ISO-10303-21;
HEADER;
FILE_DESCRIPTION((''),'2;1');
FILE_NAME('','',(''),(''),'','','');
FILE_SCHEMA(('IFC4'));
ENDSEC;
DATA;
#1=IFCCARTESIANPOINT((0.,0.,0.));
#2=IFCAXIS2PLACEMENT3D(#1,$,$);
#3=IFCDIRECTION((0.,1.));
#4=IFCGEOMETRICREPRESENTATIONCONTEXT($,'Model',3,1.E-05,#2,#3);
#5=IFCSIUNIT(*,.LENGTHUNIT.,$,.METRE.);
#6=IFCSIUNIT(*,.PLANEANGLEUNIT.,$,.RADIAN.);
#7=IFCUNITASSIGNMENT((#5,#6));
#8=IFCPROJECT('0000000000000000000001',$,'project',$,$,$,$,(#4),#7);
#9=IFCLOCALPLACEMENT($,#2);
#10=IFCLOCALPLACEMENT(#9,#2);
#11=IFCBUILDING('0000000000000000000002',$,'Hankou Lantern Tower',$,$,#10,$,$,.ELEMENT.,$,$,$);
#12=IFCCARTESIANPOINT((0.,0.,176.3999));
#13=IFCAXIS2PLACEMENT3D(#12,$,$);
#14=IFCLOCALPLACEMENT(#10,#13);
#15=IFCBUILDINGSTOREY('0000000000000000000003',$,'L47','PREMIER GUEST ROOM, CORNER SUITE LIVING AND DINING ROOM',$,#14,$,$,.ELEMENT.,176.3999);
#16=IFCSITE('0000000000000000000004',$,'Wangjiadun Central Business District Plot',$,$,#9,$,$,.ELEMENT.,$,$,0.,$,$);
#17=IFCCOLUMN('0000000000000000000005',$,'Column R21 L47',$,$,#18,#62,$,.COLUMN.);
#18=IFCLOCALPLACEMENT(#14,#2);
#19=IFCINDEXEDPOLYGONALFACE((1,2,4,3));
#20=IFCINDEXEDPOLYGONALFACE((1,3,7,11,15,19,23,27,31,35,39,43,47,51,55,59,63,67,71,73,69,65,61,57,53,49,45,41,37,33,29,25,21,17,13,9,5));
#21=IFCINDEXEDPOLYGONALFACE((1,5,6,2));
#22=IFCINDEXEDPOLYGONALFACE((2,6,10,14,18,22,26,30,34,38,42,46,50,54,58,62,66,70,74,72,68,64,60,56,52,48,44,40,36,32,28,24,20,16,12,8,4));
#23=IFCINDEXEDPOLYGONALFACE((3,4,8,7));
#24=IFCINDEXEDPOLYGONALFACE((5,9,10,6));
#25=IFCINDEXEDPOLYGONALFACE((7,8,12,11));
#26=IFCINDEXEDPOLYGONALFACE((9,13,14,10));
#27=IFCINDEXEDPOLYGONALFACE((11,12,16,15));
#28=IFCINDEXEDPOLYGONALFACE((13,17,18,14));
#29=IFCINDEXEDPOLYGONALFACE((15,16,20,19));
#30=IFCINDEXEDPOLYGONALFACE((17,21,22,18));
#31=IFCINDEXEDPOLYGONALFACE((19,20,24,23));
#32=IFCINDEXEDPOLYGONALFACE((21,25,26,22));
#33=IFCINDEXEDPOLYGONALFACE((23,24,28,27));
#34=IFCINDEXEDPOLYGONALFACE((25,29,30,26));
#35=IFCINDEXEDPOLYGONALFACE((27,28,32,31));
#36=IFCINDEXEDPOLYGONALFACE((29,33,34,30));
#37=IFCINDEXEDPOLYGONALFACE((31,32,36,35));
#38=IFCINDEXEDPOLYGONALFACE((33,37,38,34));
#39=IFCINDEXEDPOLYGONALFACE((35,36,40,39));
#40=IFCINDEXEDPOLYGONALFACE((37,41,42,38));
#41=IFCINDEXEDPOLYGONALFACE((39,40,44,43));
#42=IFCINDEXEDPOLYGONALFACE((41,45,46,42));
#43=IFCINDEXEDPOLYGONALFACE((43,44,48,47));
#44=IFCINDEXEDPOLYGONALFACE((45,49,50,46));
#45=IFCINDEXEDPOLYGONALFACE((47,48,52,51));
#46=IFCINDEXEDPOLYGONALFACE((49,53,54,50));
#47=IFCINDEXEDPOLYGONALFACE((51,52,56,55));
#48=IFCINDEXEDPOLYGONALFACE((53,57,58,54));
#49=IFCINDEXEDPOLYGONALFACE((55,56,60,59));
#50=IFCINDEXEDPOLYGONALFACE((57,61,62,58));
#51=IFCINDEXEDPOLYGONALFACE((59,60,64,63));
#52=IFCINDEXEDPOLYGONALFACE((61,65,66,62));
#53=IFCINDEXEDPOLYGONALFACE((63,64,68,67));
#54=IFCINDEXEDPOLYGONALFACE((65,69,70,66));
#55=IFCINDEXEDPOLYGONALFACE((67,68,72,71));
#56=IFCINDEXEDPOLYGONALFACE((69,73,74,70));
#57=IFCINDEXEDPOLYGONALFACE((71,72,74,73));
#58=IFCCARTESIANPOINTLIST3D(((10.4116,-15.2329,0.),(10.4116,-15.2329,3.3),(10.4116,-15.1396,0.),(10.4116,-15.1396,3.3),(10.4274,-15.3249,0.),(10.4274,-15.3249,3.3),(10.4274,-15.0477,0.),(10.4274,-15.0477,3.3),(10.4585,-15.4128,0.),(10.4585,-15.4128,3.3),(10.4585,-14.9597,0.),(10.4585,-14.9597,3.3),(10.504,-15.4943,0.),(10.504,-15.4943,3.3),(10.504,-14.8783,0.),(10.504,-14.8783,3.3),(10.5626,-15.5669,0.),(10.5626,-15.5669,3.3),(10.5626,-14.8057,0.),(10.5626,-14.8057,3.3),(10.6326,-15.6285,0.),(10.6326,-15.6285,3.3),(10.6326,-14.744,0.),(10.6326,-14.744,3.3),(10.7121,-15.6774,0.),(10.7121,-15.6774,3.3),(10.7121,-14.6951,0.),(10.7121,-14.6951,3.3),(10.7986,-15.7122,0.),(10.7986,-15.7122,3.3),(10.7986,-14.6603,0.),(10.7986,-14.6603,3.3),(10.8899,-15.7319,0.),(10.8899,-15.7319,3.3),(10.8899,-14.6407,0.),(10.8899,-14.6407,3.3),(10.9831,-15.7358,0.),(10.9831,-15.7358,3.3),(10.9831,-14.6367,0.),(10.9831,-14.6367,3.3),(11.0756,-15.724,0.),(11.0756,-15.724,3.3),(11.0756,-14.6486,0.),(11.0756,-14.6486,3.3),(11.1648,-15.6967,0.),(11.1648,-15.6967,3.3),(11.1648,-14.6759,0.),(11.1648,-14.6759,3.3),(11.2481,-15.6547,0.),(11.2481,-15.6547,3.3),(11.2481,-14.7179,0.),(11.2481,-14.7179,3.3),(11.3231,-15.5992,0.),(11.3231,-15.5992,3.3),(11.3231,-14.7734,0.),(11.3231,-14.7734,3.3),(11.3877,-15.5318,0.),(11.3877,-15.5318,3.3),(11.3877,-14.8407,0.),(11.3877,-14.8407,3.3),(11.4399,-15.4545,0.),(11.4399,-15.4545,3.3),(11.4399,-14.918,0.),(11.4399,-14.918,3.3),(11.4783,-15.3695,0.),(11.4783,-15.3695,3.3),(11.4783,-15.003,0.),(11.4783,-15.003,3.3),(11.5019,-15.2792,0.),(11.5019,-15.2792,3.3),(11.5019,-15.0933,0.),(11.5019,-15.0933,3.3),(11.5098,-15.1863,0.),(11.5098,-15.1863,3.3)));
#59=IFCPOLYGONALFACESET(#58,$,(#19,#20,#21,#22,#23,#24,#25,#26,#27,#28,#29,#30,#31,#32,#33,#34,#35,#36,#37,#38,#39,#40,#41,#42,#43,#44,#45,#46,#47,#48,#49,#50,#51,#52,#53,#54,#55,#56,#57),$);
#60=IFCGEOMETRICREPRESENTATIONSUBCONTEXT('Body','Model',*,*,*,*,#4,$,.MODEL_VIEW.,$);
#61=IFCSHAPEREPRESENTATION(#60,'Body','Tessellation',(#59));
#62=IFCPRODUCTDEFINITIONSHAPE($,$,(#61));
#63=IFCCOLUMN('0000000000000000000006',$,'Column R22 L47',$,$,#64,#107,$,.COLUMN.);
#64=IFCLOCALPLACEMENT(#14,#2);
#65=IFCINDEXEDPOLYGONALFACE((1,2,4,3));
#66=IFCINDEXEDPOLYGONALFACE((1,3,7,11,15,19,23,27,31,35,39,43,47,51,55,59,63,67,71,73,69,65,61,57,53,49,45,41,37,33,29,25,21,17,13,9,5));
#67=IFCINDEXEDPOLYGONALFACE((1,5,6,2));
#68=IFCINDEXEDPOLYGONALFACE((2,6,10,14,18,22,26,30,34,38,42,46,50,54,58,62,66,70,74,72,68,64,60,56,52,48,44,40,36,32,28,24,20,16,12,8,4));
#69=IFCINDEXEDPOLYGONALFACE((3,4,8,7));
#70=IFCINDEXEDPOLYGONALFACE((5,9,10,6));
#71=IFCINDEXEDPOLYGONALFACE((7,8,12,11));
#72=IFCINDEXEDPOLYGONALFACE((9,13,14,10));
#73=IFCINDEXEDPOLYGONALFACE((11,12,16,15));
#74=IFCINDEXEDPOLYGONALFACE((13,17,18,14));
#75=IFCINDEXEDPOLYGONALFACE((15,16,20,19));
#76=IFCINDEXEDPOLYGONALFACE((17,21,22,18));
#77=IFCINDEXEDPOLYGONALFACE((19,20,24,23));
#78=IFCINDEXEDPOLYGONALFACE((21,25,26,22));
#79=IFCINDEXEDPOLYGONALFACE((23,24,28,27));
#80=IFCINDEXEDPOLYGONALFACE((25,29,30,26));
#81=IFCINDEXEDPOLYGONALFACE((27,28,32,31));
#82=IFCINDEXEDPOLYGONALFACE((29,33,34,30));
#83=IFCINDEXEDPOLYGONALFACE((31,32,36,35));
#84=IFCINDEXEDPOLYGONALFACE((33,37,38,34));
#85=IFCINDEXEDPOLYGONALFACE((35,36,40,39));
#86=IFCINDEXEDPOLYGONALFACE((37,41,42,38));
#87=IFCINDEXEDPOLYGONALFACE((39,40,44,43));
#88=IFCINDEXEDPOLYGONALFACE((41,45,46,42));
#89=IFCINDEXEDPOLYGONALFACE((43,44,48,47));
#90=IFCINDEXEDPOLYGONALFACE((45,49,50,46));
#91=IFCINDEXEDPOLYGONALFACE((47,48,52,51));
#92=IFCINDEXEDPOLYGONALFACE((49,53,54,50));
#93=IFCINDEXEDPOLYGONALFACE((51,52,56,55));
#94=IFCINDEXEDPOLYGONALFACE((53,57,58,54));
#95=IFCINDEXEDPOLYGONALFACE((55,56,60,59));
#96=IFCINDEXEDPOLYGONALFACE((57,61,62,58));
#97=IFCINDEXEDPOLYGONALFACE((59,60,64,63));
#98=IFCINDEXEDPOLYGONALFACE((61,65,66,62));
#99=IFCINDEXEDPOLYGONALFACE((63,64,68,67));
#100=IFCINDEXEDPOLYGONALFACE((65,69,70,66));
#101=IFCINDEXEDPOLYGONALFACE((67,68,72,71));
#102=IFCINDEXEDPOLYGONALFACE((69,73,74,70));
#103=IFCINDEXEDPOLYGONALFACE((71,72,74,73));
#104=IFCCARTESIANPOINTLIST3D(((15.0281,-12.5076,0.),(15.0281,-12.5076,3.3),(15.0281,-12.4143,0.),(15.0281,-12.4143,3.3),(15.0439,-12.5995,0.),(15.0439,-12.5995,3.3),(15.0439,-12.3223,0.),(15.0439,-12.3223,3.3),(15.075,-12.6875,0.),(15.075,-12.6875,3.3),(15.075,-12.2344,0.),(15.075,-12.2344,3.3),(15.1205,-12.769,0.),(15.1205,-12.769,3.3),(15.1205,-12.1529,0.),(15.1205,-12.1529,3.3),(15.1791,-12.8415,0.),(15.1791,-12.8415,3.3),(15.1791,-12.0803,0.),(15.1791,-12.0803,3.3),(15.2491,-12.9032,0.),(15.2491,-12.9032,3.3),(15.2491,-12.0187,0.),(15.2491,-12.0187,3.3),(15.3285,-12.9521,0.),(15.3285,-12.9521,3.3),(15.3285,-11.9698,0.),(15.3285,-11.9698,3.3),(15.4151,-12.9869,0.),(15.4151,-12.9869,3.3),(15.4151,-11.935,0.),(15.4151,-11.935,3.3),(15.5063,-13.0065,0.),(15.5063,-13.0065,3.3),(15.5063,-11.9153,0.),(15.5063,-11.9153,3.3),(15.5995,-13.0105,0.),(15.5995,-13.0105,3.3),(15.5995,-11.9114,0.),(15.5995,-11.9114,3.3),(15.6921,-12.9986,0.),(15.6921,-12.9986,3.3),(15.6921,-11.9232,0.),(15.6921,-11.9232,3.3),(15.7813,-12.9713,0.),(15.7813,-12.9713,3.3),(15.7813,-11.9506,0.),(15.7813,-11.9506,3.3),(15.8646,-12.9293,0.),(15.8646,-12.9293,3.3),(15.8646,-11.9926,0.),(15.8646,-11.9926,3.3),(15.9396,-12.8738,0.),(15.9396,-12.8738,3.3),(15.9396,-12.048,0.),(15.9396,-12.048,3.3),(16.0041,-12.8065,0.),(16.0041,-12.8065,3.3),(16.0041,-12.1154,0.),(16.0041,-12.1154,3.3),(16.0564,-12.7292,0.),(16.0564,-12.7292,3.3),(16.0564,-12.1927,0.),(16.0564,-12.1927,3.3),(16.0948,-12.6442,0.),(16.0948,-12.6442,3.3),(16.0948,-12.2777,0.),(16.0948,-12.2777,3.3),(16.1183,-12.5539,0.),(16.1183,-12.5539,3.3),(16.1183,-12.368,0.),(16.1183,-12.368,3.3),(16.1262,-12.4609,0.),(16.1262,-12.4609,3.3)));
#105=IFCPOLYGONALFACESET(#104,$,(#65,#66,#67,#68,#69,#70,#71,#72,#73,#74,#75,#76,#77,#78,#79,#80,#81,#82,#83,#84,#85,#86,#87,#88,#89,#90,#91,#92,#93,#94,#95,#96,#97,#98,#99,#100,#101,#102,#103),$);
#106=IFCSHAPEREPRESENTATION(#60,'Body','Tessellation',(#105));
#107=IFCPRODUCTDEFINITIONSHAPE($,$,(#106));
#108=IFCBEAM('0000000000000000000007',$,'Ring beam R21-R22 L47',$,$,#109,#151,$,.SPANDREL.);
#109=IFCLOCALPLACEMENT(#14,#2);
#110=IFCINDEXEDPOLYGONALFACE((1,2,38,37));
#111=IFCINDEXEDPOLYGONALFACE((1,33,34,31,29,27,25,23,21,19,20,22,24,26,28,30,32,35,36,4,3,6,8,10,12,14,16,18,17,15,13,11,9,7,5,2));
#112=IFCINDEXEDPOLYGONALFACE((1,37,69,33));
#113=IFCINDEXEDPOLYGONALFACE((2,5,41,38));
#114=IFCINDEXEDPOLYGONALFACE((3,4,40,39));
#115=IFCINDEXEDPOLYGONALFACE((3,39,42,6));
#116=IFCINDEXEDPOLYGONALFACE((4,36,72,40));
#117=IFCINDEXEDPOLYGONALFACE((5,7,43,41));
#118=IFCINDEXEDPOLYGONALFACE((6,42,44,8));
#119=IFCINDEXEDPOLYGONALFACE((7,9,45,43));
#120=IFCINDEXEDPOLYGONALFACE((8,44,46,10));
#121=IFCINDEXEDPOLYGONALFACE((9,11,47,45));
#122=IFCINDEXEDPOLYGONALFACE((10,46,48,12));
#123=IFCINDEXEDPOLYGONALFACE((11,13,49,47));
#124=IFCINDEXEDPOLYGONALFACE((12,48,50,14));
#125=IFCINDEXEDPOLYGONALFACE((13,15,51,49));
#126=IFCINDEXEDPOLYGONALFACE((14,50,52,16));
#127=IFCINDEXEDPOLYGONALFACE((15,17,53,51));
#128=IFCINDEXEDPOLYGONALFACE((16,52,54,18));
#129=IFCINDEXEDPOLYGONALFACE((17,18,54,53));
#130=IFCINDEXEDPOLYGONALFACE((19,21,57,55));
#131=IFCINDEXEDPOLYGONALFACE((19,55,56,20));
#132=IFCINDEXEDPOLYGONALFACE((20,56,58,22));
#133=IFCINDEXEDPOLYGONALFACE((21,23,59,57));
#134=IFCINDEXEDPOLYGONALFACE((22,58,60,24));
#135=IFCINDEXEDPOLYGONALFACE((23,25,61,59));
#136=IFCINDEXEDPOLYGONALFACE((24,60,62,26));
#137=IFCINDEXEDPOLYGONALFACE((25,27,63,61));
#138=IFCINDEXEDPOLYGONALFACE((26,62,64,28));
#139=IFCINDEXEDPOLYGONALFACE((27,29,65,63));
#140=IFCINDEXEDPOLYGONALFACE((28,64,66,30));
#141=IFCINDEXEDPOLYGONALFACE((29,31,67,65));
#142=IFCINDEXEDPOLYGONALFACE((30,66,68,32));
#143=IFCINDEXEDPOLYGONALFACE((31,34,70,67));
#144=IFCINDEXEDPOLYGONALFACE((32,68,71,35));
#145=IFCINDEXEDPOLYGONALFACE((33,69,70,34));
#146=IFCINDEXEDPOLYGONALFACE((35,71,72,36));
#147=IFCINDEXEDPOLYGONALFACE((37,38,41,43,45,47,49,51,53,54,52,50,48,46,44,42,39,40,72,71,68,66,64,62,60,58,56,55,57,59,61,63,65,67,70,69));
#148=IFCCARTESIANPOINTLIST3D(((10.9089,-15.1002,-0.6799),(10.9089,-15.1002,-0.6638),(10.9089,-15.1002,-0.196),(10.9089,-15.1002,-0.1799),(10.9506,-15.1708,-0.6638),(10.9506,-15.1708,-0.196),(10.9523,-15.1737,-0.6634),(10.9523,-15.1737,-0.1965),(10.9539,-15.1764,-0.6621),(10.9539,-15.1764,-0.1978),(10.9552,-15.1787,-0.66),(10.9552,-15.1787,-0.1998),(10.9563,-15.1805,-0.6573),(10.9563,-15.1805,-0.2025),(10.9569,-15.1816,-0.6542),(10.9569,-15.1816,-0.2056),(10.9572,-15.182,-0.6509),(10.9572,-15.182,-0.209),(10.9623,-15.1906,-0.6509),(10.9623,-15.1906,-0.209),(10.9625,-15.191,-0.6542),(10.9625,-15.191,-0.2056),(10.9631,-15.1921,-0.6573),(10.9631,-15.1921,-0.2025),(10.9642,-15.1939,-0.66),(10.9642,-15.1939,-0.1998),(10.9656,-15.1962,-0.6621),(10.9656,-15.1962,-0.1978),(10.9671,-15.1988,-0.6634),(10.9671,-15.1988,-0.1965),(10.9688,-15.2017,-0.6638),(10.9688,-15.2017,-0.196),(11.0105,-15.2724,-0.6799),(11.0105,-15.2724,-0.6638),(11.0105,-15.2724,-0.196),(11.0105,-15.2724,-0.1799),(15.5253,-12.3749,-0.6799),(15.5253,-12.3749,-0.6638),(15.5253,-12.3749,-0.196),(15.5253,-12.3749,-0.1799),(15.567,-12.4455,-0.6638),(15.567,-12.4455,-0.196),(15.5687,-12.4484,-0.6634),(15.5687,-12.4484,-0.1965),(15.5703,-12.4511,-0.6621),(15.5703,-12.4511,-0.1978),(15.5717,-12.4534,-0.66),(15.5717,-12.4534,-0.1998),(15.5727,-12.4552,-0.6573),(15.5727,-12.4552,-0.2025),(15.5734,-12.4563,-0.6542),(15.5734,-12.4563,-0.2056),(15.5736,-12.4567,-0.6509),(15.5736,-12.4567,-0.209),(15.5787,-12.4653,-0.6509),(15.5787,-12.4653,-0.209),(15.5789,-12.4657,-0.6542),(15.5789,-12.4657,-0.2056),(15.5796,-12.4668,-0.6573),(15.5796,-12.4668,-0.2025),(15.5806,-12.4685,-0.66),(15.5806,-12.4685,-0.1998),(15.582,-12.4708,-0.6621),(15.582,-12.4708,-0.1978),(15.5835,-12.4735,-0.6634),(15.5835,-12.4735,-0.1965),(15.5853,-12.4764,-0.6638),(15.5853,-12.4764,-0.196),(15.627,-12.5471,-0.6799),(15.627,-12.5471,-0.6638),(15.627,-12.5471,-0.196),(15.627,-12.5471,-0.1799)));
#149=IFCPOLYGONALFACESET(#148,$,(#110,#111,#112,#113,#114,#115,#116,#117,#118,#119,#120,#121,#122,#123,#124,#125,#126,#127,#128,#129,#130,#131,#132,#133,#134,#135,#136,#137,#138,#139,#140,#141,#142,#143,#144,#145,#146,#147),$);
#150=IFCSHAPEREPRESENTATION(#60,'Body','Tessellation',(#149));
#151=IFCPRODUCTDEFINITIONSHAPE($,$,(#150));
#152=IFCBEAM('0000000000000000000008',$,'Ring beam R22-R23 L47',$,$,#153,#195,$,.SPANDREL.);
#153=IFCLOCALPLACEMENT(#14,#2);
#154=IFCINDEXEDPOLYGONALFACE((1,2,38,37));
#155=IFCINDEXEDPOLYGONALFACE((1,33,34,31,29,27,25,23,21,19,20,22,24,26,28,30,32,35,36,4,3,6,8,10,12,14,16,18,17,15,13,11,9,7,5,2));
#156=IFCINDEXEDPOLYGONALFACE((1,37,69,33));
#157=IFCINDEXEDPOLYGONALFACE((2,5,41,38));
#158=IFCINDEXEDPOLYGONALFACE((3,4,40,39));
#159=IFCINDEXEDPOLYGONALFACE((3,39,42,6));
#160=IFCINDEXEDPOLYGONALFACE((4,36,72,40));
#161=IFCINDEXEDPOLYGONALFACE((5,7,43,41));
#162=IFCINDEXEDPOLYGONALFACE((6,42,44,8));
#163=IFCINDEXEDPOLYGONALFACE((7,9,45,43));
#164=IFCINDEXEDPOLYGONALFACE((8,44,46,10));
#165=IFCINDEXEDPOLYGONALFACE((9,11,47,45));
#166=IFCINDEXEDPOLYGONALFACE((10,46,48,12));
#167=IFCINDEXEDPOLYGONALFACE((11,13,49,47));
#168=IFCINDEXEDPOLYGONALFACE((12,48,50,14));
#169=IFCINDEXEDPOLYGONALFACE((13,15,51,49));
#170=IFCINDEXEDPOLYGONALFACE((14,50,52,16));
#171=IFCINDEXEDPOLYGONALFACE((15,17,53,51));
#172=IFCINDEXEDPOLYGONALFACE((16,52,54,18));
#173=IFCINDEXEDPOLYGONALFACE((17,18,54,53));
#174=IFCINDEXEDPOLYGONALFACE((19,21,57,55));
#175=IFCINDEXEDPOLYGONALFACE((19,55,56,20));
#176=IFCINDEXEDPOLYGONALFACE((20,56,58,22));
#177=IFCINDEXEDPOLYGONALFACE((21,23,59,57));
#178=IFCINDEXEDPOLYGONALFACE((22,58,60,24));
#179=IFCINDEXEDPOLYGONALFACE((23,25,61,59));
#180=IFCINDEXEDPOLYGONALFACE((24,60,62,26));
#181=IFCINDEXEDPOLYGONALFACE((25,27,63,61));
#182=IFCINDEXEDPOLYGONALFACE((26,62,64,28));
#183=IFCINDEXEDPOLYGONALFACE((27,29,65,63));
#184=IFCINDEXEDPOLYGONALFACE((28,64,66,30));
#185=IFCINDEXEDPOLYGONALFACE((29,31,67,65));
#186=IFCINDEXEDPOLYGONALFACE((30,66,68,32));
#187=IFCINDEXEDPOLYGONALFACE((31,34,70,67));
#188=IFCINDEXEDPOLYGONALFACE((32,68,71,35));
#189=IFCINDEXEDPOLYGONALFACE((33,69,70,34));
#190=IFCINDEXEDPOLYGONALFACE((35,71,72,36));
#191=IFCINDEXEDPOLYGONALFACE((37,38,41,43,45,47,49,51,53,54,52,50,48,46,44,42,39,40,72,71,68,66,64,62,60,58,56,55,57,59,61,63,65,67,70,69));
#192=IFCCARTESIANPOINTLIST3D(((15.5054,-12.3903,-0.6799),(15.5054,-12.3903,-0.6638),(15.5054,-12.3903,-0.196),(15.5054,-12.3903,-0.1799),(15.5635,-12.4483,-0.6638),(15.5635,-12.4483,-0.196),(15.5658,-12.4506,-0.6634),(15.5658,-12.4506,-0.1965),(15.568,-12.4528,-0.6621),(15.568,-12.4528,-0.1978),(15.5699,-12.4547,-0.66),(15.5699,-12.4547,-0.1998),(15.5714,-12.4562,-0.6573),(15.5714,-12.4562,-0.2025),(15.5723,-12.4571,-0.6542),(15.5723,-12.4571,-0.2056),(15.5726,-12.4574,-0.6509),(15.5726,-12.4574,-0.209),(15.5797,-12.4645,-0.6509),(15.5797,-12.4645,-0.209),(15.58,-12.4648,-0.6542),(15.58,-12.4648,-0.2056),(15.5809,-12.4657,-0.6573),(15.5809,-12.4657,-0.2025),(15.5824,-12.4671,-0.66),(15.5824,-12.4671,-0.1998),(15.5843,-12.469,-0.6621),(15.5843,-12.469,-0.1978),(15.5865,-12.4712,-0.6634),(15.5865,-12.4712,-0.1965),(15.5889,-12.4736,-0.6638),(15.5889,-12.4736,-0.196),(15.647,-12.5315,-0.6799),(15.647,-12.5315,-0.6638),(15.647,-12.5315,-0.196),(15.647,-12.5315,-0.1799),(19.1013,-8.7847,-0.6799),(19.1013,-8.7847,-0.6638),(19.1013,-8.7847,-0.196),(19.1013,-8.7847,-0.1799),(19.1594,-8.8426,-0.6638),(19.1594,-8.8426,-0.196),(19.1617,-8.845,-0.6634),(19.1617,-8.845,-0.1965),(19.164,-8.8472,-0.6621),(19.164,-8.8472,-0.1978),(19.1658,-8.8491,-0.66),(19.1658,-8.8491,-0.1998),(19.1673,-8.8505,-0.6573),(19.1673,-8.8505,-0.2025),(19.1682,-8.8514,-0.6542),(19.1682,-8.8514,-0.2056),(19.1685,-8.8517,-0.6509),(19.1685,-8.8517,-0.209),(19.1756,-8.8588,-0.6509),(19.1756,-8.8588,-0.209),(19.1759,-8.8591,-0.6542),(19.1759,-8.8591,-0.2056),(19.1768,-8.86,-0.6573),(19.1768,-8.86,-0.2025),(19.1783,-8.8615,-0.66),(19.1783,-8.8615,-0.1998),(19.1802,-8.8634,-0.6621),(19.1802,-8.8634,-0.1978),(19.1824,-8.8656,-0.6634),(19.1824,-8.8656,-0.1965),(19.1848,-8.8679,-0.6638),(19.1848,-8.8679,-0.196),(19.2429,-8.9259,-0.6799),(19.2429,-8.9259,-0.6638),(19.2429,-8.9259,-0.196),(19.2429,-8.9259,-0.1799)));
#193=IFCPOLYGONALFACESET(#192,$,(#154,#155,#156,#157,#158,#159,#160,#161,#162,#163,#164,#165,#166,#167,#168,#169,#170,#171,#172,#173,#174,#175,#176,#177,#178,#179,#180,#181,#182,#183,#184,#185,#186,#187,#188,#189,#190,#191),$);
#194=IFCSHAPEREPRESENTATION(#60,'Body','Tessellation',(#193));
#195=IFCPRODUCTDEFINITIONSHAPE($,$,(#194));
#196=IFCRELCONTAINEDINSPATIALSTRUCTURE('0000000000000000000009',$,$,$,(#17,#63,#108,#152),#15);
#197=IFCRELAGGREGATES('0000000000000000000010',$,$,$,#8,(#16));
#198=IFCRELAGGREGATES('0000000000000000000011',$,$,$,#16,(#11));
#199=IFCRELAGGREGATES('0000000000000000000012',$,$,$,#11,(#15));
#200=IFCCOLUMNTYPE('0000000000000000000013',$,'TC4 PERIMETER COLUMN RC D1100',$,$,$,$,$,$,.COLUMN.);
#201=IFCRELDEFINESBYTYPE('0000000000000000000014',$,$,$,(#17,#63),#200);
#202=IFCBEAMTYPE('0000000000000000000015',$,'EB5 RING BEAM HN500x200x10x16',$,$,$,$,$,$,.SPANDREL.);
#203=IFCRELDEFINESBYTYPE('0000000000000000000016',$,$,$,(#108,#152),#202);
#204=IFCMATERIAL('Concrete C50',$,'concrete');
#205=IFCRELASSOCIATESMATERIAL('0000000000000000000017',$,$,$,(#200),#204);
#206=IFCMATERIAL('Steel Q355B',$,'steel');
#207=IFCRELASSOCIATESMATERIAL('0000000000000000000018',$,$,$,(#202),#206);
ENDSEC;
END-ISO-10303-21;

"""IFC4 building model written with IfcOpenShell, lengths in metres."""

from ifc_helpers import new_model, si_unit, direction, frame, origin, origin_2d, place, context, subcontext, project, spatial, circle, i_section, extrude, material, material_profile, profile_set, type_object, element, save


model = new_model("IFC4")

# Units and contexts
model_context = context("Model", 3, precision=1e-05, world=origin(), true_north=direction((0.0, 1.0)))
body_context = subcontext(model_context, "Body", "Model", "MODEL_VIEW")
ifc_project = project(units=[si_unit("LENGTHUNIT", "METRE"), si_unit("PLANEANGLEUNIT", "RADIAN")], contexts=[model_context])

# Site, building, storey
site_placement = place(None, origin())
site = spatial("IfcSite", under=ifc_project, at=site_placement, Name="Wangjiadun Central Business District Plot", CompositionType="ELEMENT", RefElevation=0.0)
building_placement = place(site_placement, origin())
building = spatial("IfcBuilding", under=site, at=building_placement, Name="Hankou Lantern Tower", CompositionType="ELEMENT")
storey_placement = place(building_placement, frame((0.0, 0.0, 176.3999)))
storey = spatial("IfcBuildingStorey", under=building, at=storey_placement, Name="L47", Description="PREMIER GUEST ROOM, CORNER SUITE LIVING AND DINING ROOM", CompositionType="ELEMENT", Elevation=176.3999)

# Columns
ifc_material_1 = material(Name="Concrete C50", Category="concrete")
ifc_material_profile_1 = material_profile(ifc_material_1, circle(Radius=0.55, at=origin_2d()), Name="RC D1100")
ifc_profile_set_1 = profile_set([ifc_material_profile_1], Name="Concrete C50")
column_type = type_object("IfcColumnType", Name="TC4 PERIMETER COLUMN RC D1100", PredefinedType="COLUMN", material=ifc_profile_set_1)
for number, where, z_axis, x_axis, name in (
    (1, (10.9597, -15.1863, 0.0), (0.0, 0.0, 1.0), (1.0, 0.0, 0.0), "Column R21 L47"),
    (2, (15.5762, -12.4609, 0.0), (0.0, 0.0, 1.0), (1.0, 0.0, 0.0), "Column R22 L47"),
):
    element("IfcColumn", number, at=place(storey_placement, frame(where, z_axis=z_axis, x_axis=x_axis)), inside=storey, type_object=column_type, Name=name, PredefinedType="COLUMN", context=body_context, shape_type="SweptSolid", body=[
        extrude(circle(Radius=0.55, at=origin_2d()), origin(), (0.0, 0.0, 1.0), 3.3),
    ])

# Beams
ifc_material_2 = material(Name="Steel Q355B", Category="steel")
ifc_material_profile_2 = material_profile(ifc_material_2, i_section(OverallWidth=0.2, OverallDepth=0.5, WebThickness=0.01, FlangeThickness=0.0161, FilletRadius=0.0129, at=origin_2d()), Name="HN500x200x10x16")
ifc_profile_set_2 = profile_set([ifc_material_profile_2], Name="Steel Q355B")
beam_type_1 = type_object("IfcBeamType", Name="EB5 RING BEAM HN500x200x10x16", PredefinedType="SPANDREL", material=ifc_profile_set_2)
beam_1_placement = place(storey_placement, frame((10.9597, -15.1863, -0.4299), z_axis=(0.861136, 0.508375, 0.0), x_axis=(-0.508375, 0.861136, 0.0)))
element("IfcBeam", 3, at=beam_1_placement, inside=storey, type_object=beam_type_1, Name="Ring beam R21-R22 L47", PredefinedType="SPANDREL", context=body_context, shape_type="SweptSolid", body=[
    extrude(i_section(OverallWidth=0.2, OverallDepth=0.5, WebThickness=0.01, FlangeThickness=0.0161, FilletRadius=0.0129, at=origin_2d()), origin(), (0.0, 0.0, 1.0), 5.3608),
])
beam_2_placement = place(storey_placement, frame((15.5762, -12.4609, -0.4299), z_axis=(0.706147, 0.708065, 0.0), x_axis=(-0.708065, 0.706147, 0.0)))
element("IfcBeam", 4, at=beam_2_placement, inside=storey, type_object=beam_type_1, Name="Ring beam R22-R23 L47", PredefinedType="SPANDREL", context=body_context, shape_type="SweptSolid", body=[
    extrude(i_section(OverallWidth=0.2, OverallDepth=0.5, WebThickness=0.01, FlangeThickness=0.0161, FilletRadius=0.0129, at=origin_2d()), origin(), (0.0, 0.0, 1.0), 5.0923),
])

save(model, "model.ifc")
